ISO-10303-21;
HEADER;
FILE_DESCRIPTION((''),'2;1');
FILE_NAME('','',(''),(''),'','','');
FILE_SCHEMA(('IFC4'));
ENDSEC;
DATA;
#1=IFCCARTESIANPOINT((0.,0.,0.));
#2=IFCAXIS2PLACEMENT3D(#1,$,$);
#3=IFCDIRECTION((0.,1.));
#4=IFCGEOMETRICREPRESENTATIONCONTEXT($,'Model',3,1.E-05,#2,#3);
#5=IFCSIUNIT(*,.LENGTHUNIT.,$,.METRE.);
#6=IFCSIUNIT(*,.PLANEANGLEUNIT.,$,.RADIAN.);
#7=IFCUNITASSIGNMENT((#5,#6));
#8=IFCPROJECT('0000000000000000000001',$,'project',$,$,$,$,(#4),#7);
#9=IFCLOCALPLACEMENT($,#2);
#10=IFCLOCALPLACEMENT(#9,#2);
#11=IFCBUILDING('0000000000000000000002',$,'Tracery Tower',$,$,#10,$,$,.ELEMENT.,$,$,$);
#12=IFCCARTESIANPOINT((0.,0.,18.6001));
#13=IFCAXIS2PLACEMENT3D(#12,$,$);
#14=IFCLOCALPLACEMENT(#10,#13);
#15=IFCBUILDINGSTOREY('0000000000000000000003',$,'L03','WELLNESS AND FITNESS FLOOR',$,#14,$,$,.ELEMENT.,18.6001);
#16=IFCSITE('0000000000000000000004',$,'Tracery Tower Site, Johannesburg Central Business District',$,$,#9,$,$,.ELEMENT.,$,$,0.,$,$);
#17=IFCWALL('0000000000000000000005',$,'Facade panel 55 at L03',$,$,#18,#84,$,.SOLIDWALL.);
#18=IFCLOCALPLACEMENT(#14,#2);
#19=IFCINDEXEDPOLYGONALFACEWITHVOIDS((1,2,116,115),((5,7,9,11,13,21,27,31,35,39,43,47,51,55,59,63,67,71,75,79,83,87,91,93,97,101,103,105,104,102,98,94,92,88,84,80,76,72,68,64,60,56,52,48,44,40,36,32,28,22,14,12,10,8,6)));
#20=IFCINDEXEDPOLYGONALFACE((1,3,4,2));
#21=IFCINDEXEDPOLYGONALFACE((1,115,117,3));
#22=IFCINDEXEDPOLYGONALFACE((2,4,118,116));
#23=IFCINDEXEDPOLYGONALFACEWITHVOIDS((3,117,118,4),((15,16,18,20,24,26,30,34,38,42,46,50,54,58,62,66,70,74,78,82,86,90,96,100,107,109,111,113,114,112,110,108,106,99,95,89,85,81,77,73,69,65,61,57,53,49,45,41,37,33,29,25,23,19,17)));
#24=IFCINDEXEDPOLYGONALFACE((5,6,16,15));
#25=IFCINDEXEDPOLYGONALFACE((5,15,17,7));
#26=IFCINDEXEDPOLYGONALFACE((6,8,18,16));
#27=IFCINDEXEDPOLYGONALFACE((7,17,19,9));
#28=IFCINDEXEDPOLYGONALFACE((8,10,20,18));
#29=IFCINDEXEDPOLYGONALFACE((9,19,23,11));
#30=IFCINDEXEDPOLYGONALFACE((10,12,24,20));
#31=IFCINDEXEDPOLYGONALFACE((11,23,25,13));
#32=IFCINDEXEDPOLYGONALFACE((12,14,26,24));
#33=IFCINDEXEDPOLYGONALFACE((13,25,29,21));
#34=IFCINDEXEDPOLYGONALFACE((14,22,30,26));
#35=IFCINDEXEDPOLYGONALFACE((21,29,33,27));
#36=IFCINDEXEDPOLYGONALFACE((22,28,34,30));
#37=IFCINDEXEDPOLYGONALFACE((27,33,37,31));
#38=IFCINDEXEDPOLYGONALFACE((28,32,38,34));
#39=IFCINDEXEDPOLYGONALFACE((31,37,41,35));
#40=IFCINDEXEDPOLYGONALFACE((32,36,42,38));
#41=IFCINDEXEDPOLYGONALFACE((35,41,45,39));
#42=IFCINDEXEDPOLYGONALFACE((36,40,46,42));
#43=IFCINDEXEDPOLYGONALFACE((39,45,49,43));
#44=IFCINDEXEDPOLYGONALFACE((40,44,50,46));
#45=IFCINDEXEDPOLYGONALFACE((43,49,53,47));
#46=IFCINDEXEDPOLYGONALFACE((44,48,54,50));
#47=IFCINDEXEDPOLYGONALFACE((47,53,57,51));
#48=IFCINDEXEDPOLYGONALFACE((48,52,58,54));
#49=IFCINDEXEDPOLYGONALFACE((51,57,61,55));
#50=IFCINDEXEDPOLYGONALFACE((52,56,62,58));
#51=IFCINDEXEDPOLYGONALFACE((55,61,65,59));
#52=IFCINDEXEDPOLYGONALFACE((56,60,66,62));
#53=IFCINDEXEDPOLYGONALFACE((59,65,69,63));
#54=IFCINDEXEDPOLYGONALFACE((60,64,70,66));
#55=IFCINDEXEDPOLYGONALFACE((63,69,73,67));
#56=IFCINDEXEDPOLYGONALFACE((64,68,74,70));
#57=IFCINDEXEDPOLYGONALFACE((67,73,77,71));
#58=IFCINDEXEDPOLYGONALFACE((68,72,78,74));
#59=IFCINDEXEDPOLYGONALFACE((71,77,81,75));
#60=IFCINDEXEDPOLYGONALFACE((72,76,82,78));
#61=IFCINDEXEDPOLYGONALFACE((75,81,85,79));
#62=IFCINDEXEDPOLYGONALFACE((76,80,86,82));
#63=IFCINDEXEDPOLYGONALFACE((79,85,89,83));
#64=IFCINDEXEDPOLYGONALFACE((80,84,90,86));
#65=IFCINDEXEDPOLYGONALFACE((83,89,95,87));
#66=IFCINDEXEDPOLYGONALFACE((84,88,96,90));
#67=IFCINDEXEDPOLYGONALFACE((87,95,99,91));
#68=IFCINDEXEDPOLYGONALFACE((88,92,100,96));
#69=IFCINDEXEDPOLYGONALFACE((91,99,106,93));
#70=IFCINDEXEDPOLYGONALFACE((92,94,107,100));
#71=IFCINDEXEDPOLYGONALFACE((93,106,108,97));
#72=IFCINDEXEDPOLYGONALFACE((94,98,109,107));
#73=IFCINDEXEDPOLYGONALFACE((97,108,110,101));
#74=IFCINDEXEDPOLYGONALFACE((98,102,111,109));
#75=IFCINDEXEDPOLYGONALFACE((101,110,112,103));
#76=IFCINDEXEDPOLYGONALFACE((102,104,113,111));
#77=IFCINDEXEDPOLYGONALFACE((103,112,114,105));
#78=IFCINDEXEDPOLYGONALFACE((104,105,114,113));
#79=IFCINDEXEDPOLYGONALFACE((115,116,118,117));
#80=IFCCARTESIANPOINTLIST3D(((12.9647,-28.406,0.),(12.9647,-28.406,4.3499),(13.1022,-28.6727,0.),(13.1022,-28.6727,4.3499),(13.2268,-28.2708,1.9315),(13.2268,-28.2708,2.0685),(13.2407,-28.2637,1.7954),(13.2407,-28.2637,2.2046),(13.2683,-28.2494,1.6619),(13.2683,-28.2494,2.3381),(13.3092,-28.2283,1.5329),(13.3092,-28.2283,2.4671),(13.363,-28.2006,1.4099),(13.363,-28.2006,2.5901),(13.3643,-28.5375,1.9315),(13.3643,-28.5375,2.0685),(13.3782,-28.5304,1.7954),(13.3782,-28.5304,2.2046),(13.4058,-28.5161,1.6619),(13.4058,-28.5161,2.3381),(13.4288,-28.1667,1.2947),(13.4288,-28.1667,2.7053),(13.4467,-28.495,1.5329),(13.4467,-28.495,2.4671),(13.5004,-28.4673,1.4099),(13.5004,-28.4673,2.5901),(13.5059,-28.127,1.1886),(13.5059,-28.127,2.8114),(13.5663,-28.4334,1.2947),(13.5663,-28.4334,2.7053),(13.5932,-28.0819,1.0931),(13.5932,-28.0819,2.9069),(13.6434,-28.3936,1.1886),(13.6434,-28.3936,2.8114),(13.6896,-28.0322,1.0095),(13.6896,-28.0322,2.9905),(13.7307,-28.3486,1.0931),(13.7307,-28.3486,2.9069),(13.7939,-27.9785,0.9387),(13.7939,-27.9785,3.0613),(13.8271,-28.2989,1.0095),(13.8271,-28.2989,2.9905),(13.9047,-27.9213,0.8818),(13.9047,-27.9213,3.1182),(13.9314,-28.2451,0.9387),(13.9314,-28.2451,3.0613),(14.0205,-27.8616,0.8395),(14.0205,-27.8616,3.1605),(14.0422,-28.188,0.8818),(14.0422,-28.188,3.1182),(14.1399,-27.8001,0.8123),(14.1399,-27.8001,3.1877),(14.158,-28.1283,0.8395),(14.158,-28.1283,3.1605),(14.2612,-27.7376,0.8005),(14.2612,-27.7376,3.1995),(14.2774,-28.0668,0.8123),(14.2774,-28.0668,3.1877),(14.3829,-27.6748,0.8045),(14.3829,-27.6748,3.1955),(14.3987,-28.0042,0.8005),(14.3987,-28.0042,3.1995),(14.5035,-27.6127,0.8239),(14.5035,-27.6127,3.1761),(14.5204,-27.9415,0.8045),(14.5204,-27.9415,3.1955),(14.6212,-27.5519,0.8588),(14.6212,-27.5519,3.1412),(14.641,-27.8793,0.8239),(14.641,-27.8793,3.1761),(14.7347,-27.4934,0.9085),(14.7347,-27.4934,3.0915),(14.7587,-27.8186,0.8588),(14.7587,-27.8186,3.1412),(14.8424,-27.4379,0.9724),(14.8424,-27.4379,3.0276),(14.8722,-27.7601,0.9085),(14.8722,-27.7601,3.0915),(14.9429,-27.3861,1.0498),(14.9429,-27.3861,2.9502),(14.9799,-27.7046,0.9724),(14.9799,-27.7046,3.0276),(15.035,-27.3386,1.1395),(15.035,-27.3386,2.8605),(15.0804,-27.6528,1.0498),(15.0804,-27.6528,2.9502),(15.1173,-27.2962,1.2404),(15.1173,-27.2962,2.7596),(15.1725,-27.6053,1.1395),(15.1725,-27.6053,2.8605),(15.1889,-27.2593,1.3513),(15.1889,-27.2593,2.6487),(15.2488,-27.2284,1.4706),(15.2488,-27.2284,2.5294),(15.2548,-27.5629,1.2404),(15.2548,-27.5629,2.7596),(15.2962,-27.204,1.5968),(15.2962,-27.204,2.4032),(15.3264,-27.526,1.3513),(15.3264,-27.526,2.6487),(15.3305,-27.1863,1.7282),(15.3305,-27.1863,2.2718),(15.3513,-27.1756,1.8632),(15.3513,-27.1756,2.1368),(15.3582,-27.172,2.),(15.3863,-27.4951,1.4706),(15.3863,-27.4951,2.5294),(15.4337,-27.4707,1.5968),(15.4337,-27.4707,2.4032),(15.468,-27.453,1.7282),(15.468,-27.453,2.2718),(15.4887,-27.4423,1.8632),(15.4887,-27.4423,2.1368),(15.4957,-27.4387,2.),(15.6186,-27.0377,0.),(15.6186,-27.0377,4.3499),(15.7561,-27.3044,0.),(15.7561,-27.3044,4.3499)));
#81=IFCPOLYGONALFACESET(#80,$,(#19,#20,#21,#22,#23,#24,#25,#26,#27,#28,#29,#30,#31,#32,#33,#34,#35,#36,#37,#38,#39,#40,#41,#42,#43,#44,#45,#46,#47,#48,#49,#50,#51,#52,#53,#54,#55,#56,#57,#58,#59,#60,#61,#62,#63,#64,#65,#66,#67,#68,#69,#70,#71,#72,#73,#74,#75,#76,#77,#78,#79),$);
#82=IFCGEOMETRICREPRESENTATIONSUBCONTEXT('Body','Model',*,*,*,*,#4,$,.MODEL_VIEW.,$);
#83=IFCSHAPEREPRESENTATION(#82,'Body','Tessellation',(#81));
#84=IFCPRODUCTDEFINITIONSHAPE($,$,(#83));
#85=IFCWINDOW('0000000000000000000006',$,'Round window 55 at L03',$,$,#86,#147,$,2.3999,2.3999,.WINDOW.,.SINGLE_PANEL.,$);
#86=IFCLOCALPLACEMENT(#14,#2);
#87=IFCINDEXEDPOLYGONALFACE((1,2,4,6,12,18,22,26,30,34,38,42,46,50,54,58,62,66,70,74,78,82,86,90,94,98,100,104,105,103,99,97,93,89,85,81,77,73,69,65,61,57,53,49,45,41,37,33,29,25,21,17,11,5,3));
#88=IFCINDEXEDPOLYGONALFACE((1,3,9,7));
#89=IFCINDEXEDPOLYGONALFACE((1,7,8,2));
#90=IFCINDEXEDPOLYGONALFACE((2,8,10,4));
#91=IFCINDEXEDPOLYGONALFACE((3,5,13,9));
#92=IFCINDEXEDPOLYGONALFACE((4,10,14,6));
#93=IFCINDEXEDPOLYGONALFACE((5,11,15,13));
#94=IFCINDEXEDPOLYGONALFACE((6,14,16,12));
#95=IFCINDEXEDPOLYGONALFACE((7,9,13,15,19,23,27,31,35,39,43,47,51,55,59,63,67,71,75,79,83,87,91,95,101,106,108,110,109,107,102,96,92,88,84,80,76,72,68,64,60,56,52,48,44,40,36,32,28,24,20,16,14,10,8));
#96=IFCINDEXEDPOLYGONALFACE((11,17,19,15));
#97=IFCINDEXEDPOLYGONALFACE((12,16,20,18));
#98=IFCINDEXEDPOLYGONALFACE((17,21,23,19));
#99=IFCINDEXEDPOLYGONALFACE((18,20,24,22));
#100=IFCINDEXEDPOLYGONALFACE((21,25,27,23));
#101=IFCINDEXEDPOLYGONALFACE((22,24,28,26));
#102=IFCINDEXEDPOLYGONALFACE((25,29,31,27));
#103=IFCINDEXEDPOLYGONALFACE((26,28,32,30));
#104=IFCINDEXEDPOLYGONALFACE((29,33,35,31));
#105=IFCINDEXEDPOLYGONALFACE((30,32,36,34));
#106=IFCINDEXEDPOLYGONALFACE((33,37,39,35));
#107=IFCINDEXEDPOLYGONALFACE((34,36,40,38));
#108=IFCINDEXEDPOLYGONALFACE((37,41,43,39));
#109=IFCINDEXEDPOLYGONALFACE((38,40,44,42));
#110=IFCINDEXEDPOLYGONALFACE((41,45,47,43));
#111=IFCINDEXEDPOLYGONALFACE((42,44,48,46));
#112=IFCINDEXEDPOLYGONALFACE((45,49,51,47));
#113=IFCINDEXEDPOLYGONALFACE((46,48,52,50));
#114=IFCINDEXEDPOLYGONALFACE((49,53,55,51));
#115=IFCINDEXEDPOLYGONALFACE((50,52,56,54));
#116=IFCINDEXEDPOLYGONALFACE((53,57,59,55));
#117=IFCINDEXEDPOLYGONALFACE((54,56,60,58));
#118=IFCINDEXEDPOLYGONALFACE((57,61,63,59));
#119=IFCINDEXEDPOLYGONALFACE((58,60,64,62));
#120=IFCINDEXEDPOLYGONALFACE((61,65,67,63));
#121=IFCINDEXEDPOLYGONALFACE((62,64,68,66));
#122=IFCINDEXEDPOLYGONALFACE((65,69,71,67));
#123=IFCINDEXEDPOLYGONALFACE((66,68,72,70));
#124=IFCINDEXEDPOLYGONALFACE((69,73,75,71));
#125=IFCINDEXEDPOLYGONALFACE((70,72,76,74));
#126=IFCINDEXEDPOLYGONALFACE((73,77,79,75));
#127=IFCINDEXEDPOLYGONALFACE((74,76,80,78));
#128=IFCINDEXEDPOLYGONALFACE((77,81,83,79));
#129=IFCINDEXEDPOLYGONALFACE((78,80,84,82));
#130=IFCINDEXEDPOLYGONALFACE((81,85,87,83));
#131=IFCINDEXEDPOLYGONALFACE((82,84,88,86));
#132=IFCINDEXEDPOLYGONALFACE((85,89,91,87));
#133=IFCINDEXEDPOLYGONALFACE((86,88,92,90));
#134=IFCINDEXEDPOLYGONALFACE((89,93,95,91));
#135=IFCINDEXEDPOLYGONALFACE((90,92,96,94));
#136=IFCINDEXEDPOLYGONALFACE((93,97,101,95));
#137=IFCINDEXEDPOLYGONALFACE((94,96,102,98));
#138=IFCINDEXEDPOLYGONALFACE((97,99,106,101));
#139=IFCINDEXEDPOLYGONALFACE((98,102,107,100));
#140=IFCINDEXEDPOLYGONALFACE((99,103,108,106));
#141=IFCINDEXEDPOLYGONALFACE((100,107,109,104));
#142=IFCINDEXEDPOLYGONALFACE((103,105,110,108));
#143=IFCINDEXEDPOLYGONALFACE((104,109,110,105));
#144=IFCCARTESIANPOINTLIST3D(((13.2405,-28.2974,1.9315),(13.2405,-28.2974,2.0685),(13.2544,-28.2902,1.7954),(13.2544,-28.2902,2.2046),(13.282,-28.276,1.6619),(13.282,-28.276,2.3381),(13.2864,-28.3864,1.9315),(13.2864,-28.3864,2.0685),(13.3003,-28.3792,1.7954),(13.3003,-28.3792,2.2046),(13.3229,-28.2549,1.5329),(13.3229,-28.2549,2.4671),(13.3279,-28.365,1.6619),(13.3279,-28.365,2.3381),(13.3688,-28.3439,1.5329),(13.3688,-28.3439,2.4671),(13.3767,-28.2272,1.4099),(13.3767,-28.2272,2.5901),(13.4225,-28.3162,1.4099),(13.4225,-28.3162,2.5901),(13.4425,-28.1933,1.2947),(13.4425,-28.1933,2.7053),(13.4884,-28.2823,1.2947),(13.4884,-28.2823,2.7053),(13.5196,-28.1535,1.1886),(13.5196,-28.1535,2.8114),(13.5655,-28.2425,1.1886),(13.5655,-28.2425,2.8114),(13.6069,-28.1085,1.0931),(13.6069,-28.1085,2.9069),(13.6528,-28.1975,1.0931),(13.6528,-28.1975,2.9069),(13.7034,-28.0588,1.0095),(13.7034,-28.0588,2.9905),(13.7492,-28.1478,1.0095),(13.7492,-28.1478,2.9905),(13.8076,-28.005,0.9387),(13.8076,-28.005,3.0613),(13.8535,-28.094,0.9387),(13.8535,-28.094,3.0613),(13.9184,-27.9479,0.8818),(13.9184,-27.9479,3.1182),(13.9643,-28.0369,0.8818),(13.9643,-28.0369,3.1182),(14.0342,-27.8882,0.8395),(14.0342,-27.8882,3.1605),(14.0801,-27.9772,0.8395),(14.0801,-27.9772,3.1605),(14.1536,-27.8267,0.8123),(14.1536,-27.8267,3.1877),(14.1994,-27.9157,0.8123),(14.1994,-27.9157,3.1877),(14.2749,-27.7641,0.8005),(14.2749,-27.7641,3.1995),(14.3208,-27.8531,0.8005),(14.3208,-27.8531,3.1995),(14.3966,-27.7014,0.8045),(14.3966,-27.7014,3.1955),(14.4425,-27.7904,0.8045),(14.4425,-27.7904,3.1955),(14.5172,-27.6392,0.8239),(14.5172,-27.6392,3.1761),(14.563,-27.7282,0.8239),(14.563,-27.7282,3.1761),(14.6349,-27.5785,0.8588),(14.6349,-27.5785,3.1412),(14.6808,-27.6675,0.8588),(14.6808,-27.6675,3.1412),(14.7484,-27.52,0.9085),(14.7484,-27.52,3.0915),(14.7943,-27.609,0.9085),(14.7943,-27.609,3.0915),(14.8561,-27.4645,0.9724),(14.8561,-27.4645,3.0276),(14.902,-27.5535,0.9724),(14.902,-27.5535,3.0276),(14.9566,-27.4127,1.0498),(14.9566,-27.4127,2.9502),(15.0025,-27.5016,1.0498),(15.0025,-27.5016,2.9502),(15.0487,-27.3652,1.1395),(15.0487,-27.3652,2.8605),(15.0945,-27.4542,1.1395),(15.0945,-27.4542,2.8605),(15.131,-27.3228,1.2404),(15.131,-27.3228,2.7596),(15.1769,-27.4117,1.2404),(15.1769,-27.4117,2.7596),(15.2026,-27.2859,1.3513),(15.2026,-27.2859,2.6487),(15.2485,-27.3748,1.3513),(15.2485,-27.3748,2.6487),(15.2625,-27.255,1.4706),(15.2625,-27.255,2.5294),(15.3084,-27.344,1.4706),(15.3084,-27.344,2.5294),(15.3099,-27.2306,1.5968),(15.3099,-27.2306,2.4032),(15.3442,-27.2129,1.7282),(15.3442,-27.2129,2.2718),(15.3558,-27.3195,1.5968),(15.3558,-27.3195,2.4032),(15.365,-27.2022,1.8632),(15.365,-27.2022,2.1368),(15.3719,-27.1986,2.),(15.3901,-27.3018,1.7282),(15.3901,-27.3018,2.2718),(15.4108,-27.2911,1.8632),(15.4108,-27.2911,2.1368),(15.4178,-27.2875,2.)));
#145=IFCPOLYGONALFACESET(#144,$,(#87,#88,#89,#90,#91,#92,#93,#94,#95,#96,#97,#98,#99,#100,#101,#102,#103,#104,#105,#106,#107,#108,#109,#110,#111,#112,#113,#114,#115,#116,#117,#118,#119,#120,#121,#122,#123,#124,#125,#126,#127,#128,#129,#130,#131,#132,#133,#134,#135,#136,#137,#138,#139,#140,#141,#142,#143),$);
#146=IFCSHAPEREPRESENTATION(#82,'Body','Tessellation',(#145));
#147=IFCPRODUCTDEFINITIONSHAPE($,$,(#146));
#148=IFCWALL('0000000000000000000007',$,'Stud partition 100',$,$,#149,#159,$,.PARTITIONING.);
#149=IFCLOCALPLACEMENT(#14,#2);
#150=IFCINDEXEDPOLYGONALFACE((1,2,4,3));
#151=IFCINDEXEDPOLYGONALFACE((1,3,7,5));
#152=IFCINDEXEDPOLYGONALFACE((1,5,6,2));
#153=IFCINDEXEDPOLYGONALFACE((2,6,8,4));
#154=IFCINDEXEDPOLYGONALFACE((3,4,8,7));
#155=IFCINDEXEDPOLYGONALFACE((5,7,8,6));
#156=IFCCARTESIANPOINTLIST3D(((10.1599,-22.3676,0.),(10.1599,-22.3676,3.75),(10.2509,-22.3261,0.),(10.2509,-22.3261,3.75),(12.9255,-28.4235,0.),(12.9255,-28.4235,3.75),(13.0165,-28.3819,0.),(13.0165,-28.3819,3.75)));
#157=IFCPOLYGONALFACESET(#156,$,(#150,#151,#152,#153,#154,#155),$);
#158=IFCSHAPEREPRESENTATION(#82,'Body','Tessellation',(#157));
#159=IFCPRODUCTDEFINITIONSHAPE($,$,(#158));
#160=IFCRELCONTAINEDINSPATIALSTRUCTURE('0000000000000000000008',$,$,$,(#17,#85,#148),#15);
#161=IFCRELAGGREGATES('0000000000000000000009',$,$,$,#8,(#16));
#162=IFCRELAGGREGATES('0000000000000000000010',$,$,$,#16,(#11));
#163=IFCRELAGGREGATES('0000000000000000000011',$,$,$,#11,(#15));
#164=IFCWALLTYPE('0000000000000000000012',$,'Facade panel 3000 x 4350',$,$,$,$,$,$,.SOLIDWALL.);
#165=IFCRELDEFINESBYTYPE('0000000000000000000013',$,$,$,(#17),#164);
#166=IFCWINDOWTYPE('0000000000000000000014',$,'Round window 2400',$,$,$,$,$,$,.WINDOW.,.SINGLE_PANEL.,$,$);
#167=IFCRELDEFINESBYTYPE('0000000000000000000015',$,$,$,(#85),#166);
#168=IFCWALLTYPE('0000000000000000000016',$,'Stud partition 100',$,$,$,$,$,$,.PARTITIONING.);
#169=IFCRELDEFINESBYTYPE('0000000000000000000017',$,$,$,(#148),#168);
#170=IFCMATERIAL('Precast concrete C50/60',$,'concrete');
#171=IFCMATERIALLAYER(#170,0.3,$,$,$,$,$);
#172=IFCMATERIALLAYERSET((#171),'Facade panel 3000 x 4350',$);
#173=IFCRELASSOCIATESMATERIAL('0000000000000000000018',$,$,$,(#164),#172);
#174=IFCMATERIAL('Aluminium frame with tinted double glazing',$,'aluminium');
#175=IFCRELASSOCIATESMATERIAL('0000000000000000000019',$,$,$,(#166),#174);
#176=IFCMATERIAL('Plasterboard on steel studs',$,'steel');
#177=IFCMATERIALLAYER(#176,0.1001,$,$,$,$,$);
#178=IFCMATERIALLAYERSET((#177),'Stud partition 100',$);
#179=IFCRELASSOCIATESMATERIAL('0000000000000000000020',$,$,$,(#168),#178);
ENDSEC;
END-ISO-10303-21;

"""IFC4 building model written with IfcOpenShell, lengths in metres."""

from ifc_helpers import new_model, si_unit, direction, frame, frame_2d, origin, origin_2d, place, context, subcontext, project, spatial, rectangle, circle, extrude, material, layer, layer_set, type_object, element, fill, save


model = new_model("IFC4")

# Units and contexts
model_context = context("Model", 3, precision=1e-05, world=origin(), true_north=direction((0.0, 1.0)))
body_context = subcontext(model_context, "Body", "Model", "MODEL_VIEW")
ifc_project = project(units=[si_unit("LENGTHUNIT", "METRE"), si_unit("PLANEANGLEUNIT", "RADIAN")], contexts=[model_context])

# Site, building, storey
site_placement = place(None, origin())
site = spatial("IfcSite", under=ifc_project, at=site_placement, Name="Tracery Tower Site, Johannesburg Central Business District", CompositionType="ELEMENT", RefElevation=0.0)
building_placement = place(site_placement, origin())
building = spatial("IfcBuilding", under=site, at=building_placement, Name="Tracery Tower", CompositionType="ELEMENT")
storey_placement = place(building_placement, frame((0.0, 0.0, 18.6001)))
storey = spatial("IfcBuildingStorey", under=building, at=storey_placement, Name="L03", Description="WELLNESS AND FITNESS FLOOR", CompositionType="ELEMENT", Elevation=18.6001)

# Wall, opening, window
ifc_material_1 = material(Name="Precast concrete C50/60", Category="concrete")
ifc_layer_1 = layer(ifc_material_1, 0.3)
ifc_layer_set_1 = layer_set([ifc_layer_1], Name="Facade panel 3000 x 4350")
wall_type_1 = type_object("IfcWallType", Name="Facade panel 3000 x 4350", PredefinedType="SOLIDWALL", material=ifc_layer_set_1)
ifc_material_2 = material(Name="Aluminium frame with tinted double glazing", Category="aluminium")
window_type = type_object("IfcWindowType", Name="Round window 2400", PartitioningType="SINGLE_PANEL", PredefinedType="WINDOW", material=ifc_material_2)
wall_1_placement = place(storey_placement, frame((13.0334, -28.5393, 0.0), z_axis=(0.0, 0.0, 1.0), x_axis=(0.888831, 0.458235, 0.0)))
wall_1 = element("IfcWall", 1, at=wall_1_placement, inside=storey, type_object=wall_type_1, Name="Facade panel 55 at L03", PredefinedType="SOLIDWALL", context=body_context, shape_type="SweptSolid", body=[
    extrude(rectangle(XDim=2.9858, YDim=0.3, at=frame_2d((1.4929, 0.0))), origin(), (0.0, 0.0, 1.0), 4.3499),
])
opening_1_placement = place(wall_1_placement, frame((1.4929, 0.0, 2.0)))
opening_1 = element("IfcOpeningElement", 2, at=opening_1_placement, cuts=wall_1, PredefinedType="OPENING", context=body_context, shape_type="SweptSolid", body=[
    extrude(circle(Radius=1.2, at=origin_2d()), frame((0.0, 0.1599, 0.0), z_axis=(0.0, -1.0, 0.0), x_axis=(1.0, 0.0, 0.0)), (0.0, 0.0, 1.0), 0.3201),
])
window_1_placement = place(opening_1_placement, origin())
window_1 = element("IfcWindow", 3, at=window_1_placement, inside=storey, type_object=window_type, Name="Round window 55 at L03", OverallHeight=2.3999, OverallWidth=2.3999, PartitioningType="SINGLE_PANEL", PredefinedType="WINDOW", context=body_context, shape_type="SweptSolid", body=[
    extrude(circle(Radius=1.2, at=origin_2d()), frame((0.0, 0.1201, 0.0), z_axis=(0.0, -1.0, 0.0), x_axis=(1.0, 0.0, 0.0)), (0.0, 0.0, 1.0), 0.1001),
])
fill(opening_1, window_1)

# Wall
ifc_material_3 = material(Name="Plasterboard on steel studs", Category="steel")
ifc_layer_2 = layer(ifc_material_3, 0.1001)
ifc_layer_set_2 = layer_set([ifc_layer_2], Name="Stud partition 100")
wall_type_2 = type_object("IfcWallType", Name="Stud partition 100", PredefinedType="PARTITIONING", material=ifc_layer_set_2)
wall_2_placement = place(storey_placement, frame((12.9709, -28.4026, 0.0), z_axis=(0.0, 0.0, 1.0), x_axis=(-0.415413, 0.909633, 0.0)))
element("IfcWall", 4, at=wall_2_placement, inside=storey, type_object=wall_type_2, Name="Stud partition 100", PredefinedType="PARTITIONING", context=body_context, shape_type="SweptSolid", body=[
    extrude(rectangle(XDim=6.6575, YDim=0.1001, at=frame_2d((3.3286, 0.0))), origin(), (0.0, 0.0, 1.0), 3.75),
])

save(model, "model.ifc")
